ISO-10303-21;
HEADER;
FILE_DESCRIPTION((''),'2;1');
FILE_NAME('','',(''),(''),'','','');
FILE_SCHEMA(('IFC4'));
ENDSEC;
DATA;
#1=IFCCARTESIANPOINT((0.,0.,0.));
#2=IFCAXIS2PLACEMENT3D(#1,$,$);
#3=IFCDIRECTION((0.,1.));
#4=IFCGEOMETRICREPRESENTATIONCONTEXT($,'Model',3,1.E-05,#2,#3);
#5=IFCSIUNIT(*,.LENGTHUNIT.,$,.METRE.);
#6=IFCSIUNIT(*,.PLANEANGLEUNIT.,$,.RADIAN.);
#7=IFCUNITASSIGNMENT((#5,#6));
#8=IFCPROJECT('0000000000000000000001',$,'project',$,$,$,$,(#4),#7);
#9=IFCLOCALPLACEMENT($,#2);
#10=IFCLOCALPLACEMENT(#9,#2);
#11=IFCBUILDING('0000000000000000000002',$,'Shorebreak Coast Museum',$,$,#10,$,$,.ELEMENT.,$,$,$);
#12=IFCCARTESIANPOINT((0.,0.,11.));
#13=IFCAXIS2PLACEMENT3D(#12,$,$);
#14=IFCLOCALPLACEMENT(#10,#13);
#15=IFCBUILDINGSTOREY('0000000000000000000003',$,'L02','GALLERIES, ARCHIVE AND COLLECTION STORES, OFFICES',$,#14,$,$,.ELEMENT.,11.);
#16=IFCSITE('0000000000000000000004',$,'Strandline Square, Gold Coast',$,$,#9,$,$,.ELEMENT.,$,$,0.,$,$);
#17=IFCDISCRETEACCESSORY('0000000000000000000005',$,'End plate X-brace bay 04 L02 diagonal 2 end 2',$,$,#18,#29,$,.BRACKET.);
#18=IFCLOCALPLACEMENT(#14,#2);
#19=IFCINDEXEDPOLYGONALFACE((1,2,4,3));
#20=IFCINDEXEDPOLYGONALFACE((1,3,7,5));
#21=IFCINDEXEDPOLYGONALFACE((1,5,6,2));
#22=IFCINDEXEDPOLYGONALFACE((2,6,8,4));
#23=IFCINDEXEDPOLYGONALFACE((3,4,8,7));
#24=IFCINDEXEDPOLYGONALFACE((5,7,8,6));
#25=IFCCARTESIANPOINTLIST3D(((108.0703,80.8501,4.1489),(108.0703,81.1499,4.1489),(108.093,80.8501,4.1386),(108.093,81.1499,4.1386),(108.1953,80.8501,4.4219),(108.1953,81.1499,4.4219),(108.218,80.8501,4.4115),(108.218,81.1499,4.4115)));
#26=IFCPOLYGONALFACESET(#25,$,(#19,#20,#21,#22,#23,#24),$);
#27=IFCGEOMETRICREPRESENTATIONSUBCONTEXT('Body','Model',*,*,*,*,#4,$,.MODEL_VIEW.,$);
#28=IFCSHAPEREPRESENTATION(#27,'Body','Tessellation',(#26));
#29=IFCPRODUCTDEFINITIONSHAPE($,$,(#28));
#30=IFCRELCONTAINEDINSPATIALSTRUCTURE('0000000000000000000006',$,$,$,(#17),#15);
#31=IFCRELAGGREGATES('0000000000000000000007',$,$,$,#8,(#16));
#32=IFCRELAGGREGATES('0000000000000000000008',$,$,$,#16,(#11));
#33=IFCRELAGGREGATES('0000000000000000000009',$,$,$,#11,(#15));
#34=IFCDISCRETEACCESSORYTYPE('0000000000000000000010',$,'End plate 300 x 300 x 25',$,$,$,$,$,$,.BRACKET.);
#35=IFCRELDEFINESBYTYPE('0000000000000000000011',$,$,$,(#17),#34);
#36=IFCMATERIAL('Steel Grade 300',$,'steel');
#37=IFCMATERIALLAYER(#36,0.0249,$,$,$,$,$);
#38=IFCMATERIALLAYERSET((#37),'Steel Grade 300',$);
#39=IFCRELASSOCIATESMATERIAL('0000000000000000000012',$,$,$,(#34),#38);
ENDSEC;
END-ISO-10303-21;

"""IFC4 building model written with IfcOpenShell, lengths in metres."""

from ifc_helpers import new_model, si_unit, direction, frame, origin, place, context, subcontext, project, spatial, polyline, outline, extrude, material, layer, layer_set, type_object, element, save


model = new_model("IFC4")

# Units and contexts
model_context = context("Model", 3, precision=1e-05, world=origin(), true_north=direction((0.0, 1.0)))
body_context = subcontext(model_context, "Body", "Model", "MODEL_VIEW")
ifc_project = project(units=[si_unit("LENGTHUNIT", "METRE"), si_unit("PLANEANGLEUNIT", "RADIAN")], contexts=[model_context])

# Site, building, storey
site_placement = place(None, origin())
site = spatial("IfcSite", under=ifc_project, at=site_placement, Name="Strandline Square, Gold Coast", CompositionType="ELEMENT", RefElevation=0.0)
building_placement = place(site_placement, origin())
building = spatial("IfcBuilding", under=site, at=building_placement, Name="Shorebreak Coast Museum", CompositionType="ELEMENT")
storey_placement = place(building_placement, frame((0.0, 0.0, 11.0)))
storey = spatial("IfcBuildingStorey", under=building, at=storey_placement, Name="L02", Description="GALLERIES, ARCHIVE AND COLLECTION STORES, OFFICES", CompositionType="ELEMENT", Elevation=11.0)

# Discrete accessory
ifc_material_1 = material(Name="Steel Grade 300", Category="steel")
ifc_layer_1 = layer(ifc_material_1, 0.0249)
ifc_layer_set_1 = layer_set([ifc_layer_1], Name="Steel Grade 300")
discrete_accessory_type = type_object("IfcDiscreteAccessoryType", Name="End plate 300 x 300 x 25", PredefinedType="BRACKET", material=ifc_layer_set_1)
discrete_accessory_placement = place(storey_placement, frame((108.0703, 81.1499, 4.1489), z_axis=(-0.909193, 0.0, 0.416375), x_axis=(0.0, -1.0, 0.0)))
element("IfcDiscreteAccessory", 1, at=discrete_accessory_placement, inside=storey, type_object=discrete_accessory_type, Name="End plate X-brace bay 04 L02 diagonal 2 end 2", PredefinedType="BRACKET", context=body_context, shape_type="SweptSolid", body=[
    extrude(outline(polyline([(0.0, 0.0), (0.2998, 0.0), (0.2998, 0.3002), (0.0, 0.3002), (0.0, 0.0)])), origin(), (0.0, 0.0, -1.0), 0.0249),
])

save(model, "model.ifc")
